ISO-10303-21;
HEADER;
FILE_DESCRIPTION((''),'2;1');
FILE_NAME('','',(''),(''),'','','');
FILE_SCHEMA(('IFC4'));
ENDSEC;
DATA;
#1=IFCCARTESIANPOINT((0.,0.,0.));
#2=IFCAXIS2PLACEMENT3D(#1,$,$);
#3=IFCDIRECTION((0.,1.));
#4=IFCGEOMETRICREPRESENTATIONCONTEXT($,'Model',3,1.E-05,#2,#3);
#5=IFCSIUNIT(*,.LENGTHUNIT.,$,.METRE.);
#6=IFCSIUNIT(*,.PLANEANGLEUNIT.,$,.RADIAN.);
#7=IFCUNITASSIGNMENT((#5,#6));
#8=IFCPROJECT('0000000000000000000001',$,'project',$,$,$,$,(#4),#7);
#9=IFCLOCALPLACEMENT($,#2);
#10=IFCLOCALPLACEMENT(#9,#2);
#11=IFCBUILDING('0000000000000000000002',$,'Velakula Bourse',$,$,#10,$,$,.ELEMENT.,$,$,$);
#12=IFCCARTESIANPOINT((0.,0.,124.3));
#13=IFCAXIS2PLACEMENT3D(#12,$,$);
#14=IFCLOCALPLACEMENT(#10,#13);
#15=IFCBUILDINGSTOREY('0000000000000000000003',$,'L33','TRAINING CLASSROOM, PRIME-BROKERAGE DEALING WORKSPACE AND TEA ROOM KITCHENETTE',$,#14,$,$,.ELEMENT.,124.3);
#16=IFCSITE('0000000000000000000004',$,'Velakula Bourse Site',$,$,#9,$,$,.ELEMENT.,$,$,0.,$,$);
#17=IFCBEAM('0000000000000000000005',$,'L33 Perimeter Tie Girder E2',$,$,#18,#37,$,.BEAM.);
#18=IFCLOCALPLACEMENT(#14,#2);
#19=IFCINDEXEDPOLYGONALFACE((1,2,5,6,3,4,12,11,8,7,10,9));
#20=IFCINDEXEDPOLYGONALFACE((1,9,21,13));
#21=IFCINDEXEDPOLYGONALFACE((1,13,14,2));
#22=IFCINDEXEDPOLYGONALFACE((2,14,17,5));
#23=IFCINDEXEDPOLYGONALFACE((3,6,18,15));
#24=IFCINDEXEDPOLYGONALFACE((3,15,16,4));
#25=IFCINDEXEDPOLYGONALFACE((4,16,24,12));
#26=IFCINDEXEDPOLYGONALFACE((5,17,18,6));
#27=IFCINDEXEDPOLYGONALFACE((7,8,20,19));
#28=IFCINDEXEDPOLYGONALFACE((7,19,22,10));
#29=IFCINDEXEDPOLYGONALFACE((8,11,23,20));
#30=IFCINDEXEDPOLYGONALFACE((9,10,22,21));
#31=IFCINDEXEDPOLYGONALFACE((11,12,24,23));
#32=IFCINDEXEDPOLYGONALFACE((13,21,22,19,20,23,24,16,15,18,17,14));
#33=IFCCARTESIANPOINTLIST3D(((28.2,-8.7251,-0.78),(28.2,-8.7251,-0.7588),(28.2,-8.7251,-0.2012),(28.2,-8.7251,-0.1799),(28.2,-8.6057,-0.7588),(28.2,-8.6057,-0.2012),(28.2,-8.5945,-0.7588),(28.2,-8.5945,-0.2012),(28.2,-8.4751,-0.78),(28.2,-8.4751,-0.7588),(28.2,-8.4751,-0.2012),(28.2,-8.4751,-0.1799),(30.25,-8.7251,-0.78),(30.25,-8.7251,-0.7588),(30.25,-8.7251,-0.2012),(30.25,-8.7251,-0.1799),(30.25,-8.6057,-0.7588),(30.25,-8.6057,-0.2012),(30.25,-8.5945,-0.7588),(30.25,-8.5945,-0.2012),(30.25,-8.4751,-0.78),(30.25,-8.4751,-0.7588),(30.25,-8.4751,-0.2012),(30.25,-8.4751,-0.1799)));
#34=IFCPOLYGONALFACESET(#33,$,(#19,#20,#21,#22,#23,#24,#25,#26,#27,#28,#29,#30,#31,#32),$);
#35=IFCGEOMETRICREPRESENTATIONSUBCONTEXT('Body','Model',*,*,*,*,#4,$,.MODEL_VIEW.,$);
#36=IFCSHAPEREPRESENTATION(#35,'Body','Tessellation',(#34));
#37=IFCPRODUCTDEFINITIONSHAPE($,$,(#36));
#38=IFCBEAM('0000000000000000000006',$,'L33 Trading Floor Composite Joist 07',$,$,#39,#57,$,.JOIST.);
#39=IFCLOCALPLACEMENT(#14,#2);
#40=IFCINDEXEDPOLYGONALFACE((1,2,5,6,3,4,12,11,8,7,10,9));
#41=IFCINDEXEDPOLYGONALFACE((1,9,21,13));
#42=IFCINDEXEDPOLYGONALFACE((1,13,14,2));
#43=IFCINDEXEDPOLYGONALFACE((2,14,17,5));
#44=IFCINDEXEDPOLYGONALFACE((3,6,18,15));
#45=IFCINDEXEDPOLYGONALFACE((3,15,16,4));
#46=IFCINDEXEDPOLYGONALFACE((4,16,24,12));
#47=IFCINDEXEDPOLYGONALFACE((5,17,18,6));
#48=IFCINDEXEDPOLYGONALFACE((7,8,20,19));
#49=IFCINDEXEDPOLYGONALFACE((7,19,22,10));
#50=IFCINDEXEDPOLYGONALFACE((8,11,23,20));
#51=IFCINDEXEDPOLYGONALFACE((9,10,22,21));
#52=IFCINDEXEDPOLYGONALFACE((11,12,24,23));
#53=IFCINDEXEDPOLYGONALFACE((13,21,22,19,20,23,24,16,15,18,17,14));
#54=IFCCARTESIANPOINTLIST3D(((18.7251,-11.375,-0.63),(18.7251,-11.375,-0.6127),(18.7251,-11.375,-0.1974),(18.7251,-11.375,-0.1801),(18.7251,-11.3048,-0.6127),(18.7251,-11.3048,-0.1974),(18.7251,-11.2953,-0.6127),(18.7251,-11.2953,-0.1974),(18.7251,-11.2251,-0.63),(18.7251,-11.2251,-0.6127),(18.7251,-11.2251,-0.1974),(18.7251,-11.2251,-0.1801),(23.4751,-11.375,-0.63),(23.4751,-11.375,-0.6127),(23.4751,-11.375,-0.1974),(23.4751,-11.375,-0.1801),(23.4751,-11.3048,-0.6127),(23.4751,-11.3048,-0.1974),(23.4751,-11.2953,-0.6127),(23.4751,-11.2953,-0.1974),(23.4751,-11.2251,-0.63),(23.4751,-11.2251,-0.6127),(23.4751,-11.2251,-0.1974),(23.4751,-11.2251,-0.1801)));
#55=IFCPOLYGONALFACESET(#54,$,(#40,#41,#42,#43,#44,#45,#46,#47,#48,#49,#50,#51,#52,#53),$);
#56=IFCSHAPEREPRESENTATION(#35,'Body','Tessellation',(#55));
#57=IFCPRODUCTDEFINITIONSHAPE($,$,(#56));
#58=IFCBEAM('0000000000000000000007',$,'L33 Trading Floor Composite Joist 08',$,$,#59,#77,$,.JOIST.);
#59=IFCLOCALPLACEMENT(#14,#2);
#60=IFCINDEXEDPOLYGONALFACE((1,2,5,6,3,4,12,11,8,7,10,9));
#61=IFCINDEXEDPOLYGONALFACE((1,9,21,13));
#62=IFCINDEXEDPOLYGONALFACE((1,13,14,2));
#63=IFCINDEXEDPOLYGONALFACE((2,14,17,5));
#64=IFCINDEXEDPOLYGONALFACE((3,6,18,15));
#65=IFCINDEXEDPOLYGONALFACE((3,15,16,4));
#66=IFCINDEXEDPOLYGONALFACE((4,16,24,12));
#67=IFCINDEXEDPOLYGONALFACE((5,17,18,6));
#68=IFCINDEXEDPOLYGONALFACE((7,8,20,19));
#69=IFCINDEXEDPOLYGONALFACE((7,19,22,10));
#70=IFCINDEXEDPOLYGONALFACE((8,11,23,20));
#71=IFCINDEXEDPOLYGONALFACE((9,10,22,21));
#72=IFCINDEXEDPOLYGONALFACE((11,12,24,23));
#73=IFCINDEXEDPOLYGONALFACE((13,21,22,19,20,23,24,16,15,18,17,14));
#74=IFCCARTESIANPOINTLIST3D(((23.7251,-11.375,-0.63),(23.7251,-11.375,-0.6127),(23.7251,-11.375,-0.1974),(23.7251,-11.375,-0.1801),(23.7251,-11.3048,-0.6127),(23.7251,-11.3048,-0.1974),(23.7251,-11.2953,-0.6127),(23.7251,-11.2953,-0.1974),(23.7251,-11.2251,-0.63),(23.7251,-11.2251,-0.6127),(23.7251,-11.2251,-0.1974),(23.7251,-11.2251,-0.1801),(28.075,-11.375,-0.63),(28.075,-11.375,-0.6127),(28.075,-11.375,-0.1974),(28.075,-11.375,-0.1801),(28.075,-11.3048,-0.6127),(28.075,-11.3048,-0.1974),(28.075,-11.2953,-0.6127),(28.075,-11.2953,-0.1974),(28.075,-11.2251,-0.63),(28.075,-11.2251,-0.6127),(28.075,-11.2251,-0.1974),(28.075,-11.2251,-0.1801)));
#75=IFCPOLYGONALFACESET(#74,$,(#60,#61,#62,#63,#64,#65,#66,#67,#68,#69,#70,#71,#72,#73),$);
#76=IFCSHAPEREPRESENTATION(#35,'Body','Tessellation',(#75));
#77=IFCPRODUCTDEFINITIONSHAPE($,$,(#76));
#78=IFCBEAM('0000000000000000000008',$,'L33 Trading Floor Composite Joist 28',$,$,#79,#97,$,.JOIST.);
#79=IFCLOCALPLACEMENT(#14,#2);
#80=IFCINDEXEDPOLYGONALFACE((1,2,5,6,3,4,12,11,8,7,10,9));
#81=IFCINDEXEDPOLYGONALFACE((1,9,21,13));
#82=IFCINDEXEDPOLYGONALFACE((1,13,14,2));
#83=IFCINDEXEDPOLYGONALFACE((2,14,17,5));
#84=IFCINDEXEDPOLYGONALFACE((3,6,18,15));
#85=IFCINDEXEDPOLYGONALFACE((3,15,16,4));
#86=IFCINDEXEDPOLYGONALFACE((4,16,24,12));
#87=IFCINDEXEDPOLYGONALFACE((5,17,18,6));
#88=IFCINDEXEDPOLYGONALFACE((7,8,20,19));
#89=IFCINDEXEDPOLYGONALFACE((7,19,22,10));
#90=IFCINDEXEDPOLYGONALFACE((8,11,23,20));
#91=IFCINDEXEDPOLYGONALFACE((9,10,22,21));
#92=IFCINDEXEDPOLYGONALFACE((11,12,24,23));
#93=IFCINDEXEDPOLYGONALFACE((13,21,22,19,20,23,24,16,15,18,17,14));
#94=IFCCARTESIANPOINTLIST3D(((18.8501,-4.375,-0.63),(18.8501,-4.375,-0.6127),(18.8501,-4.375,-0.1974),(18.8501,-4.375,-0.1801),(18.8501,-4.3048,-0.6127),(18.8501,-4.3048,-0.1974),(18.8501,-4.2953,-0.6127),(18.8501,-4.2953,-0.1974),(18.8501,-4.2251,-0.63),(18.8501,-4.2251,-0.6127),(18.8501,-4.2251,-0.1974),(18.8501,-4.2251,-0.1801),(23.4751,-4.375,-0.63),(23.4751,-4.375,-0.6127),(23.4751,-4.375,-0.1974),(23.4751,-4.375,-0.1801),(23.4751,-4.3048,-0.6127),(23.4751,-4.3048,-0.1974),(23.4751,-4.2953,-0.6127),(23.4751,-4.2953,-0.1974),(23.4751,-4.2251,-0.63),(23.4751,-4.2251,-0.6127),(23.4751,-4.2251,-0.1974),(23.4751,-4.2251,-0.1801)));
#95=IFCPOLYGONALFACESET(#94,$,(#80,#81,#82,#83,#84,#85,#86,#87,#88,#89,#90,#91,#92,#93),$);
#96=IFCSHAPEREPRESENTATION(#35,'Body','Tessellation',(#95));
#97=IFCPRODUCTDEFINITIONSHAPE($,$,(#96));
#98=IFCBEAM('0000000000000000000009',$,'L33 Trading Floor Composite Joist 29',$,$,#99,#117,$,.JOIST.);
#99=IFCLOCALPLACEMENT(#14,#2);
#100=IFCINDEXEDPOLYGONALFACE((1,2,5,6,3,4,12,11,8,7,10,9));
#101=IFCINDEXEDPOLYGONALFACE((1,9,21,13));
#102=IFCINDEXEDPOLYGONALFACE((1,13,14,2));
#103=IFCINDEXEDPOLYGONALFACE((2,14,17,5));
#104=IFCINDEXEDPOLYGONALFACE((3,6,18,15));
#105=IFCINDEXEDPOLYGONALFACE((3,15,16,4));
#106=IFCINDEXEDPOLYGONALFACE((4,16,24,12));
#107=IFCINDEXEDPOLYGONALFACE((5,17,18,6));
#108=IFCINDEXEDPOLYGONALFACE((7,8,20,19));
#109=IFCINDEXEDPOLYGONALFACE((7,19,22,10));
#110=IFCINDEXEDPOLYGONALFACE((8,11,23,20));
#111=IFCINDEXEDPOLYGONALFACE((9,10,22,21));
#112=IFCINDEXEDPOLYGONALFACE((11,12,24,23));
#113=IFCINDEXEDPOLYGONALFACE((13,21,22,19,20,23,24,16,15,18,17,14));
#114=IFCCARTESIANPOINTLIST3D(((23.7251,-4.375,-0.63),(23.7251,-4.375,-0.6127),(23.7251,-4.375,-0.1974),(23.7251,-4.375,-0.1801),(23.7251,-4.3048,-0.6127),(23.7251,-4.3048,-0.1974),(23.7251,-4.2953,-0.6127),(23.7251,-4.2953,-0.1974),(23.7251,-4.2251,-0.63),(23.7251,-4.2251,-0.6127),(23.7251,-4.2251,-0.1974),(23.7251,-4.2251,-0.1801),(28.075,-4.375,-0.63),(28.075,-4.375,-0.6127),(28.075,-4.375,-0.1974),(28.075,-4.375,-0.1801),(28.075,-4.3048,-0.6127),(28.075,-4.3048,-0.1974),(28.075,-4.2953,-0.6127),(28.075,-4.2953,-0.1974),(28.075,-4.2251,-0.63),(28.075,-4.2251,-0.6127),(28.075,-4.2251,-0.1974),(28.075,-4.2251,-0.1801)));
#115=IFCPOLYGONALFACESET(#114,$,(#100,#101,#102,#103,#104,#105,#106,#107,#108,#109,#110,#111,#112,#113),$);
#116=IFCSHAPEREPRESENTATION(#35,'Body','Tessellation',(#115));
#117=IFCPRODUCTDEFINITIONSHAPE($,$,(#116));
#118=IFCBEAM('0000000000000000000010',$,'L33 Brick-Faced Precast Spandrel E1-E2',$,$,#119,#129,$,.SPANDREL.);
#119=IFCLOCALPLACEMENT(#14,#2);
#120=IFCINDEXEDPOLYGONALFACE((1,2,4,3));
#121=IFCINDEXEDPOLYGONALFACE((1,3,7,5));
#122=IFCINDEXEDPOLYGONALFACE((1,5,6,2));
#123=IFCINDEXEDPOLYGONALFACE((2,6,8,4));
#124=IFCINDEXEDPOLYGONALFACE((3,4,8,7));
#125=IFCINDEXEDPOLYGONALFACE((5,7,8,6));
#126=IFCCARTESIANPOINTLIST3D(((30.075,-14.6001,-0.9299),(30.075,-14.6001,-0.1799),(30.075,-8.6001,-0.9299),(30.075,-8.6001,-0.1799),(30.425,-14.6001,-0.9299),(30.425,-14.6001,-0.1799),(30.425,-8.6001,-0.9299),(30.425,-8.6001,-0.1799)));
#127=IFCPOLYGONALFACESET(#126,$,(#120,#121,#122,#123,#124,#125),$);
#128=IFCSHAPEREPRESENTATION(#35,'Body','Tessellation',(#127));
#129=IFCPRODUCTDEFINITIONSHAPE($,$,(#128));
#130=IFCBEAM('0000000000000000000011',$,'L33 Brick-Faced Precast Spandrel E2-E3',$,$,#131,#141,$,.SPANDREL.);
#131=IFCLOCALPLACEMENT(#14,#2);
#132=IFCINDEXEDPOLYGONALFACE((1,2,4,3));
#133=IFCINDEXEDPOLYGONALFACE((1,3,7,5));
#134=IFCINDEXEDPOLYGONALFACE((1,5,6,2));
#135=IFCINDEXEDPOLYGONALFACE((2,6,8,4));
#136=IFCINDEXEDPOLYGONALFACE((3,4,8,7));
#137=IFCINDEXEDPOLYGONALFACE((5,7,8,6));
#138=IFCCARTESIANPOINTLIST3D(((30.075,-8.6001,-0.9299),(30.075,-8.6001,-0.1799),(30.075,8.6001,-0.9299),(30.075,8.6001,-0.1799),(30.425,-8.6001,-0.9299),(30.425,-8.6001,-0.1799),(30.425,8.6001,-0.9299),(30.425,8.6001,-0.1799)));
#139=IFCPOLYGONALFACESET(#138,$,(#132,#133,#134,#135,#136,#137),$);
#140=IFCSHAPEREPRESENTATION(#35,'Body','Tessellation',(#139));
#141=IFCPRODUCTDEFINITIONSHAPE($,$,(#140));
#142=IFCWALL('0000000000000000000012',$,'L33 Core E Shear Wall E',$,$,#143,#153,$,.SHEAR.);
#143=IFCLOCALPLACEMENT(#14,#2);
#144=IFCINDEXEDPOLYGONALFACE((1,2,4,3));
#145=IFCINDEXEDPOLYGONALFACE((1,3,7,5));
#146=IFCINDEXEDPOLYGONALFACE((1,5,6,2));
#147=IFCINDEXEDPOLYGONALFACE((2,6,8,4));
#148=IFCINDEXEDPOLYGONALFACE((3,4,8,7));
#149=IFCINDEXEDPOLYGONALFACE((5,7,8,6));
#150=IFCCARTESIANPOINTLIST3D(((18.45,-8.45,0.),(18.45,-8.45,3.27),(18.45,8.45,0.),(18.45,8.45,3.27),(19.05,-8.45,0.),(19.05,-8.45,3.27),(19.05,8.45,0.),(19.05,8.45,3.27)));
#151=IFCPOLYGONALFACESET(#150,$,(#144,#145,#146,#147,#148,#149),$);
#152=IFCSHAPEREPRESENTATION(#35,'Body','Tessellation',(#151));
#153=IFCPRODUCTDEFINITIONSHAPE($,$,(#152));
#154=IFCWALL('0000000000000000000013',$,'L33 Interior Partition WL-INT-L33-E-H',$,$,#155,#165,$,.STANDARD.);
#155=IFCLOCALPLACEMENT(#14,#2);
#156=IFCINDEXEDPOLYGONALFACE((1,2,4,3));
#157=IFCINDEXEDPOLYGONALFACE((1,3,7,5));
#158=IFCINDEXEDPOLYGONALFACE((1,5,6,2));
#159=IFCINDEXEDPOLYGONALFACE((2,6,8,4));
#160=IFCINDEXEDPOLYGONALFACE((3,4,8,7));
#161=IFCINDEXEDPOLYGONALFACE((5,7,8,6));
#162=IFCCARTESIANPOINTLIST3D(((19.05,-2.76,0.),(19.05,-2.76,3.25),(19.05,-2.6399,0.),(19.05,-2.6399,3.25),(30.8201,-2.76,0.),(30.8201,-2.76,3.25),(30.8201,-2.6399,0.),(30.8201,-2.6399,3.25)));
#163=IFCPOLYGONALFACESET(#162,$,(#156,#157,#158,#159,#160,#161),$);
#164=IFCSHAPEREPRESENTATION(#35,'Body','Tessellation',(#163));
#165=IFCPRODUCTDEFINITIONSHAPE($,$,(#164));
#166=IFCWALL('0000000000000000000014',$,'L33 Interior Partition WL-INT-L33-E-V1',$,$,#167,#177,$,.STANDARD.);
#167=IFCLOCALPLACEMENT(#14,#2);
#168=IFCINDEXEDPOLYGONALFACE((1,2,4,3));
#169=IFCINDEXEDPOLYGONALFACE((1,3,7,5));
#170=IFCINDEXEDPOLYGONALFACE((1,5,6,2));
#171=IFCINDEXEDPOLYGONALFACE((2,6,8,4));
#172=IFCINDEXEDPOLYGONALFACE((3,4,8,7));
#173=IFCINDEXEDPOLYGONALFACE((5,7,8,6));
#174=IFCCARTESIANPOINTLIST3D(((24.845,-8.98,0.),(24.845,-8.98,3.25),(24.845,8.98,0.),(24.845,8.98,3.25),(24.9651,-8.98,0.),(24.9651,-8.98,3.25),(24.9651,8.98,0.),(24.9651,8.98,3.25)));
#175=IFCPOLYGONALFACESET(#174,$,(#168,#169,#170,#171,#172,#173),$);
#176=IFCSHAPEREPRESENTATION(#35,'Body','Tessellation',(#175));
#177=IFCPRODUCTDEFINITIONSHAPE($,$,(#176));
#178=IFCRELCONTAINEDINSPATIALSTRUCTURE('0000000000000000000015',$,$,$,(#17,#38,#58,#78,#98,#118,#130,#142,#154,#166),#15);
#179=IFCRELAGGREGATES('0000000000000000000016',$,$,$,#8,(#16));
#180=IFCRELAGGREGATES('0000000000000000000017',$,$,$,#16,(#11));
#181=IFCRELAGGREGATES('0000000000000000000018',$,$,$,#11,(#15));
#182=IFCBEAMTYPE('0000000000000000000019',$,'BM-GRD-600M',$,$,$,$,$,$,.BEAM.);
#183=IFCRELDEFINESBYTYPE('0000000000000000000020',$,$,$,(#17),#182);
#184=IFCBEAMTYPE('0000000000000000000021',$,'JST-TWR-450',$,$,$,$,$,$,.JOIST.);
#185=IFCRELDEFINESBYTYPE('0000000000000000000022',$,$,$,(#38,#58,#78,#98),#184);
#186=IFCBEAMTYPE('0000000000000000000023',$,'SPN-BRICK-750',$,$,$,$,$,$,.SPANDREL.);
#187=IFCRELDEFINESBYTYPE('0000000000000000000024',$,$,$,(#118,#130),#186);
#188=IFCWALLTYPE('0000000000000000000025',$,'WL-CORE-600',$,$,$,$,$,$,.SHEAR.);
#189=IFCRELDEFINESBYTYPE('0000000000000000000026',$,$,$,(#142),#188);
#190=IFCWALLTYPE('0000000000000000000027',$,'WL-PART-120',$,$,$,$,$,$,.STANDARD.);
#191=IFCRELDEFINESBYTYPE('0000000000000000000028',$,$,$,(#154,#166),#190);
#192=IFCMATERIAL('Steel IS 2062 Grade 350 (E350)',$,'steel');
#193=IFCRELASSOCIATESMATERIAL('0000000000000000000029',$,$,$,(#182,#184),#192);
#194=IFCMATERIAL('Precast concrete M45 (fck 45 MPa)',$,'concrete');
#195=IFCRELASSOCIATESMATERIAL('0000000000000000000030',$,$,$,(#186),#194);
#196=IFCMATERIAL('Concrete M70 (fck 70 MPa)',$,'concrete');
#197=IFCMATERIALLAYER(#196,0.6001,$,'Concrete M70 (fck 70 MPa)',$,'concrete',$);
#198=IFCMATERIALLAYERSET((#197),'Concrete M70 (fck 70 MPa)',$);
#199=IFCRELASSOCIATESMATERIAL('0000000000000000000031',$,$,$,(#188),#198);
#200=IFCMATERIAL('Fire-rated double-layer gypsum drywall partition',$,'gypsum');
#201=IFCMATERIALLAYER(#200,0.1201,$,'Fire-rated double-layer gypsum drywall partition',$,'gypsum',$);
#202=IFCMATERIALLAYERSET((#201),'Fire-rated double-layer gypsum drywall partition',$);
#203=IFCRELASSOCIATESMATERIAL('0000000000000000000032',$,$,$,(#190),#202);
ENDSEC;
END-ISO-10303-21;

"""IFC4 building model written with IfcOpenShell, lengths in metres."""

from ifc_helpers import new_model, si_unit, direction, frame, frame_2d, origin, origin_2d, place, context, subcontext, project, spatial, rectangle, i_section, extrude, material, layer, layer_set, material_profile, profile_set, type_object, element, save


model = new_model("IFC4")

# Units and contexts
model_context = context("Model", 3, precision=1e-05, world=origin(), true_north=direction((0.0, 1.0)))
body_context = subcontext(model_context, "Body", "Model", "MODEL_VIEW")
ifc_project = project(units=[si_unit("LENGTHUNIT", "METRE"), si_unit("PLANEANGLEUNIT", "RADIAN")], contexts=[model_context])

# Site, building, storey
site_placement = place(None, origin())
site = spatial("IfcSite", under=ifc_project, at=site_placement, Name="Velakula Bourse Site", CompositionType="ELEMENT", RefElevation=0.0)
building_placement = place(site_placement, origin())
building = spatial("IfcBuilding", under=site, at=building_placement, Name="Velakula Bourse", CompositionType="ELEMENT")
storey_placement = place(building_placement, frame((0.0, 0.0, 124.3)))
storey = spatial("IfcBuildingStorey", under=building, at=storey_placement, Name="L33", Description="TRAINING CLASSROOM, PRIME-BROKERAGE DEALING WORKSPACE AND TEA ROOM KITCHENETTE", CompositionType="ELEMENT", Elevation=124.3)

# Shared definitions
ifc_material_1 = material(Name="Concrete M70 (fck 70 MPa)", Category="concrete")
ifc_material_2 = material(Name="Steel IS 2062 Grade 350 (E350)", Category="steel")

# Beams
ifc_material_profile_1 = material_profile(ifc_material_2, i_section(OverallWidth=0.25, OverallDepth=0.6001, WebThickness=0.0112, FlangeThickness=0.0212, at=origin_2d()), Name="Steel IS 2062 Grade 350 (E350)")
ifc_profile_set_1 = profile_set([ifc_material_profile_1], Name="Steel IS 2062 Grade 350 (E350)")
beam_type_1 = type_object("IfcBeamType", Name="BM-GRD-600M", PredefinedType="BEAM", material=ifc_profile_set_1)
beam_1_placement = place(storey_placement, frame((28.2, -8.6001, -0.48), z_axis=(1.0, 0.0, 0.0), x_axis=(0.0, 1.0, 0.0)))
element("IfcBeam", 1, at=beam_1_placement, inside=storey, type_object=beam_type_1, Name="L33 Perimeter Tie Girder E2", PredefinedType="BEAM", context=body_context, shape_type="SweptSolid", body=[
    extrude(i_section(OverallWidth=0.25, OverallDepth=0.6001, WebThickness=0.0112, FlangeThickness=0.0212, at=origin_2d()), origin(), (0.0, 0.0, 1.0), 2.05),
])
ifc_material_profile_2 = material_profile(ifc_material_2, i_section(OverallWidth=0.1499, OverallDepth=0.45, WebThickness=0.0095, FlangeThickness=0.0173, at=origin_2d()), Name="Steel IS 2062 Grade 350 (E350)")
ifc_profile_set_2 = profile_set([ifc_material_profile_2], Name="Steel IS 2062 Grade 350 (E350)")
beam_type_2 = type_object("IfcBeamType", Name="JST-TWR-450", PredefinedType="JOIST", material=ifc_profile_set_2)
beam_2_placement = place(storey_placement, frame((18.7251, -11.3, -0.405), z_axis=(1.0, 0.0, 0.0), x_axis=(0.0, 1.0, 0.0)))
element("IfcBeam", 2, at=beam_2_placement, inside=storey, type_object=beam_type_2, Name="L33 Trading Floor Composite Joist 07", PredefinedType="JOIST", context=body_context, shape_type="SweptSolid", body=[
    extrude(i_section(OverallWidth=0.1499, OverallDepth=0.45, WebThickness=0.0095, FlangeThickness=0.0173, at=origin_2d()), origin(), (0.0, 0.0, 1.0), 4.75),
])
beam_3_placement = place(storey_placement, frame((23.7251, -11.3, -0.405), z_axis=(1.0, 0.0, 0.0), x_axis=(0.0, 1.0, 0.0)))
element("IfcBeam", 3, at=beam_3_placement, inside=storey, type_object=beam_type_2, Name="L33 Trading Floor Composite Joist 08", PredefinedType="JOIST", context=body_context, shape_type="SweptSolid", body=[
    extrude(i_section(OverallWidth=0.1499, OverallDepth=0.45, WebThickness=0.0095, FlangeThickness=0.0173, at=origin_2d()), origin(), (0.0, 0.0, 1.0), 4.3499),
])
beam_4_placement = place(storey_placement, frame((18.8501, -4.3, -0.405), z_axis=(1.0, 0.0, 0.0), x_axis=(0.0, 1.0, 0.0)))
element("IfcBeam", 4, at=beam_4_placement, inside=storey, type_object=beam_type_2, Name="L33 Trading Floor Composite Joist 28", PredefinedType="JOIST", context=body_context, shape_type="SweptSolid", body=[
    extrude(i_section(OverallWidth=0.1499, OverallDepth=0.45, WebThickness=0.0095, FlangeThickness=0.0173, at=origin_2d()), origin(), (0.0, 0.0, 1.0), 4.625),
])
beam_5_placement = place(storey_placement, frame((23.7251, -4.3, -0.405), z_axis=(1.0, 0.0, 0.0), x_axis=(0.0, 1.0, 0.0)))
element("IfcBeam", 5, at=beam_5_placement, inside=storey, type_object=beam_type_2, Name="L33 Trading Floor Composite Joist 29", PredefinedType="JOIST", context=body_context, shape_type="SweptSolid", body=[
    extrude(i_section(OverallWidth=0.1499, OverallDepth=0.45, WebThickness=0.0095, FlangeThickness=0.0173, at=origin_2d()), origin(), (0.0, 0.0, 1.0), 4.3499),
])
ifc_material_3 = material(Name="Precast concrete M45 (fck 45 MPa)", Category="concrete")
ifc_material_profile_3 = material_profile(ifc_material_3, rectangle(XDim=0.3501, YDim=0.75, at=origin_2d()), Name="Precast concrete M45 (fck 45 MPa)")
ifc_profile_set_3 = profile_set([ifc_material_profile_3], Name="Precast concrete M45 (fck 45 MPa)")
beam_type_3 = type_object("IfcBeamType", Name="SPN-BRICK-750", PredefinedType="SPANDREL", material=ifc_profile_set_3)
beam_6_placement = place(storey_placement, frame((30.25, -14.6001, -0.5549), z_axis=(0.0, 1.0, 0.0), x_axis=(-1.0, 0.0, 0.0)))
element("IfcBeam", 6, at=beam_6_placement, inside=storey, type_object=beam_type_3, Name="L33 Brick-Faced Precast Spandrel E1-E2", PredefinedType="SPANDREL", context=body_context, shape_type="SweptSolid", body=[
    extrude(rectangle(XDim=0.3501, YDim=0.75, at=origin_2d()), origin(), (0.0, 0.0, 1.0), 6.0),
])
beam_7_placement = place(storey_placement, frame((30.25, -8.6001, -0.5549), z_axis=(0.0, 1.0, 0.0), x_axis=(-1.0, 0.0, 0.0)))
element("IfcBeam", 7, at=beam_7_placement, inside=storey, type_object=beam_type_3, Name="L33 Brick-Faced Precast Spandrel E2-E3", PredefinedType="SPANDREL", context=body_context, shape_type="SweptSolid", body=[
    extrude(rectangle(XDim=0.3501, YDim=0.75, at=origin_2d()), origin(), (0.0, 0.0, 1.0), 17.2002),
])

# Walls
ifc_layer_1 = layer(ifc_material_1, 0.6001, Name="Concrete M70 (fck 70 MPa)", Category="concrete")
ifc_layer_set_1 = layer_set([ifc_layer_1], Name="Concrete M70 (fck 70 MPa)")
wall_type_1 = type_object("IfcWallType", Name="WL-CORE-600", PredefinedType="SHEAR", material=ifc_layer_set_1)
wall_1_placement = place(storey_placement, frame((18.75, -8.45, 0.0), z_axis=(0.0, 0.0, 1.0), x_axis=(0.0, 1.0, 0.0)))
element("IfcWall", 8, at=wall_1_placement, inside=storey, type_object=wall_type_1, Name="L33 Core E Shear Wall E", PredefinedType="SHEAR", context=body_context, shape_type="SweptSolid", body=[
    extrude(rectangle(XDim=16.8999, YDim=0.6001, at=frame_2d((8.45, 0.0))), origin(), (0.0, 0.0, 1.0), 3.27),
])
ifc_material_4 = material(Name="Fire-rated double-layer gypsum drywall partition", Category="gypsum")
ifc_layer_2 = layer(ifc_material_4, 0.1201, Name="Fire-rated double-layer gypsum drywall partition", Category="gypsum")
ifc_layer_set_2 = layer_set([ifc_layer_2], Name="Fire-rated double-layer gypsum drywall partition")
wall_type_2 = type_object("IfcWallType", Name="WL-PART-120", PredefinedType="STANDARD", material=ifc_layer_set_2)
wall_2_placement = place(storey_placement, frame((19.05, -2.7, 0.0), z_axis=(0.0, 0.0, 1.0), x_axis=(1.0, 0.0, 0.0)))
element("IfcWall", 9, at=wall_2_placement, inside=storey, type_object=wall_type_2, Name="L33 Interior Partition WL-INT-L33-E-H", PredefinedType="STANDARD", context=body_context, shape_type="SweptSolid", body=[
    extrude(rectangle(XDim=11.77, YDim=0.1201, at=frame_2d((5.885, 0.0))), origin(), (0.0, 0.0, 1.0), 3.25),
])
wall_3_placement = place(storey_placement, frame((24.905, -8.98, 0.0), z_axis=(0.0, 0.0, 1.0), x_axis=(0.0, 1.0, 0.0)))
element("IfcWall", 10, at=wall_3_placement, inside=storey, type_object=wall_type_2, Name="L33 Interior Partition WL-INT-L33-E-V1", PredefinedType="STANDARD", context=body_context, shape_type="SweptSolid", body=[
    extrude(rectangle(XDim=17.96, YDim=0.1201, at=frame_2d((8.98, 0.0))), origin(), (0.0, 0.0, 1.0), 3.25),
])

save(model, "model.ifc")
